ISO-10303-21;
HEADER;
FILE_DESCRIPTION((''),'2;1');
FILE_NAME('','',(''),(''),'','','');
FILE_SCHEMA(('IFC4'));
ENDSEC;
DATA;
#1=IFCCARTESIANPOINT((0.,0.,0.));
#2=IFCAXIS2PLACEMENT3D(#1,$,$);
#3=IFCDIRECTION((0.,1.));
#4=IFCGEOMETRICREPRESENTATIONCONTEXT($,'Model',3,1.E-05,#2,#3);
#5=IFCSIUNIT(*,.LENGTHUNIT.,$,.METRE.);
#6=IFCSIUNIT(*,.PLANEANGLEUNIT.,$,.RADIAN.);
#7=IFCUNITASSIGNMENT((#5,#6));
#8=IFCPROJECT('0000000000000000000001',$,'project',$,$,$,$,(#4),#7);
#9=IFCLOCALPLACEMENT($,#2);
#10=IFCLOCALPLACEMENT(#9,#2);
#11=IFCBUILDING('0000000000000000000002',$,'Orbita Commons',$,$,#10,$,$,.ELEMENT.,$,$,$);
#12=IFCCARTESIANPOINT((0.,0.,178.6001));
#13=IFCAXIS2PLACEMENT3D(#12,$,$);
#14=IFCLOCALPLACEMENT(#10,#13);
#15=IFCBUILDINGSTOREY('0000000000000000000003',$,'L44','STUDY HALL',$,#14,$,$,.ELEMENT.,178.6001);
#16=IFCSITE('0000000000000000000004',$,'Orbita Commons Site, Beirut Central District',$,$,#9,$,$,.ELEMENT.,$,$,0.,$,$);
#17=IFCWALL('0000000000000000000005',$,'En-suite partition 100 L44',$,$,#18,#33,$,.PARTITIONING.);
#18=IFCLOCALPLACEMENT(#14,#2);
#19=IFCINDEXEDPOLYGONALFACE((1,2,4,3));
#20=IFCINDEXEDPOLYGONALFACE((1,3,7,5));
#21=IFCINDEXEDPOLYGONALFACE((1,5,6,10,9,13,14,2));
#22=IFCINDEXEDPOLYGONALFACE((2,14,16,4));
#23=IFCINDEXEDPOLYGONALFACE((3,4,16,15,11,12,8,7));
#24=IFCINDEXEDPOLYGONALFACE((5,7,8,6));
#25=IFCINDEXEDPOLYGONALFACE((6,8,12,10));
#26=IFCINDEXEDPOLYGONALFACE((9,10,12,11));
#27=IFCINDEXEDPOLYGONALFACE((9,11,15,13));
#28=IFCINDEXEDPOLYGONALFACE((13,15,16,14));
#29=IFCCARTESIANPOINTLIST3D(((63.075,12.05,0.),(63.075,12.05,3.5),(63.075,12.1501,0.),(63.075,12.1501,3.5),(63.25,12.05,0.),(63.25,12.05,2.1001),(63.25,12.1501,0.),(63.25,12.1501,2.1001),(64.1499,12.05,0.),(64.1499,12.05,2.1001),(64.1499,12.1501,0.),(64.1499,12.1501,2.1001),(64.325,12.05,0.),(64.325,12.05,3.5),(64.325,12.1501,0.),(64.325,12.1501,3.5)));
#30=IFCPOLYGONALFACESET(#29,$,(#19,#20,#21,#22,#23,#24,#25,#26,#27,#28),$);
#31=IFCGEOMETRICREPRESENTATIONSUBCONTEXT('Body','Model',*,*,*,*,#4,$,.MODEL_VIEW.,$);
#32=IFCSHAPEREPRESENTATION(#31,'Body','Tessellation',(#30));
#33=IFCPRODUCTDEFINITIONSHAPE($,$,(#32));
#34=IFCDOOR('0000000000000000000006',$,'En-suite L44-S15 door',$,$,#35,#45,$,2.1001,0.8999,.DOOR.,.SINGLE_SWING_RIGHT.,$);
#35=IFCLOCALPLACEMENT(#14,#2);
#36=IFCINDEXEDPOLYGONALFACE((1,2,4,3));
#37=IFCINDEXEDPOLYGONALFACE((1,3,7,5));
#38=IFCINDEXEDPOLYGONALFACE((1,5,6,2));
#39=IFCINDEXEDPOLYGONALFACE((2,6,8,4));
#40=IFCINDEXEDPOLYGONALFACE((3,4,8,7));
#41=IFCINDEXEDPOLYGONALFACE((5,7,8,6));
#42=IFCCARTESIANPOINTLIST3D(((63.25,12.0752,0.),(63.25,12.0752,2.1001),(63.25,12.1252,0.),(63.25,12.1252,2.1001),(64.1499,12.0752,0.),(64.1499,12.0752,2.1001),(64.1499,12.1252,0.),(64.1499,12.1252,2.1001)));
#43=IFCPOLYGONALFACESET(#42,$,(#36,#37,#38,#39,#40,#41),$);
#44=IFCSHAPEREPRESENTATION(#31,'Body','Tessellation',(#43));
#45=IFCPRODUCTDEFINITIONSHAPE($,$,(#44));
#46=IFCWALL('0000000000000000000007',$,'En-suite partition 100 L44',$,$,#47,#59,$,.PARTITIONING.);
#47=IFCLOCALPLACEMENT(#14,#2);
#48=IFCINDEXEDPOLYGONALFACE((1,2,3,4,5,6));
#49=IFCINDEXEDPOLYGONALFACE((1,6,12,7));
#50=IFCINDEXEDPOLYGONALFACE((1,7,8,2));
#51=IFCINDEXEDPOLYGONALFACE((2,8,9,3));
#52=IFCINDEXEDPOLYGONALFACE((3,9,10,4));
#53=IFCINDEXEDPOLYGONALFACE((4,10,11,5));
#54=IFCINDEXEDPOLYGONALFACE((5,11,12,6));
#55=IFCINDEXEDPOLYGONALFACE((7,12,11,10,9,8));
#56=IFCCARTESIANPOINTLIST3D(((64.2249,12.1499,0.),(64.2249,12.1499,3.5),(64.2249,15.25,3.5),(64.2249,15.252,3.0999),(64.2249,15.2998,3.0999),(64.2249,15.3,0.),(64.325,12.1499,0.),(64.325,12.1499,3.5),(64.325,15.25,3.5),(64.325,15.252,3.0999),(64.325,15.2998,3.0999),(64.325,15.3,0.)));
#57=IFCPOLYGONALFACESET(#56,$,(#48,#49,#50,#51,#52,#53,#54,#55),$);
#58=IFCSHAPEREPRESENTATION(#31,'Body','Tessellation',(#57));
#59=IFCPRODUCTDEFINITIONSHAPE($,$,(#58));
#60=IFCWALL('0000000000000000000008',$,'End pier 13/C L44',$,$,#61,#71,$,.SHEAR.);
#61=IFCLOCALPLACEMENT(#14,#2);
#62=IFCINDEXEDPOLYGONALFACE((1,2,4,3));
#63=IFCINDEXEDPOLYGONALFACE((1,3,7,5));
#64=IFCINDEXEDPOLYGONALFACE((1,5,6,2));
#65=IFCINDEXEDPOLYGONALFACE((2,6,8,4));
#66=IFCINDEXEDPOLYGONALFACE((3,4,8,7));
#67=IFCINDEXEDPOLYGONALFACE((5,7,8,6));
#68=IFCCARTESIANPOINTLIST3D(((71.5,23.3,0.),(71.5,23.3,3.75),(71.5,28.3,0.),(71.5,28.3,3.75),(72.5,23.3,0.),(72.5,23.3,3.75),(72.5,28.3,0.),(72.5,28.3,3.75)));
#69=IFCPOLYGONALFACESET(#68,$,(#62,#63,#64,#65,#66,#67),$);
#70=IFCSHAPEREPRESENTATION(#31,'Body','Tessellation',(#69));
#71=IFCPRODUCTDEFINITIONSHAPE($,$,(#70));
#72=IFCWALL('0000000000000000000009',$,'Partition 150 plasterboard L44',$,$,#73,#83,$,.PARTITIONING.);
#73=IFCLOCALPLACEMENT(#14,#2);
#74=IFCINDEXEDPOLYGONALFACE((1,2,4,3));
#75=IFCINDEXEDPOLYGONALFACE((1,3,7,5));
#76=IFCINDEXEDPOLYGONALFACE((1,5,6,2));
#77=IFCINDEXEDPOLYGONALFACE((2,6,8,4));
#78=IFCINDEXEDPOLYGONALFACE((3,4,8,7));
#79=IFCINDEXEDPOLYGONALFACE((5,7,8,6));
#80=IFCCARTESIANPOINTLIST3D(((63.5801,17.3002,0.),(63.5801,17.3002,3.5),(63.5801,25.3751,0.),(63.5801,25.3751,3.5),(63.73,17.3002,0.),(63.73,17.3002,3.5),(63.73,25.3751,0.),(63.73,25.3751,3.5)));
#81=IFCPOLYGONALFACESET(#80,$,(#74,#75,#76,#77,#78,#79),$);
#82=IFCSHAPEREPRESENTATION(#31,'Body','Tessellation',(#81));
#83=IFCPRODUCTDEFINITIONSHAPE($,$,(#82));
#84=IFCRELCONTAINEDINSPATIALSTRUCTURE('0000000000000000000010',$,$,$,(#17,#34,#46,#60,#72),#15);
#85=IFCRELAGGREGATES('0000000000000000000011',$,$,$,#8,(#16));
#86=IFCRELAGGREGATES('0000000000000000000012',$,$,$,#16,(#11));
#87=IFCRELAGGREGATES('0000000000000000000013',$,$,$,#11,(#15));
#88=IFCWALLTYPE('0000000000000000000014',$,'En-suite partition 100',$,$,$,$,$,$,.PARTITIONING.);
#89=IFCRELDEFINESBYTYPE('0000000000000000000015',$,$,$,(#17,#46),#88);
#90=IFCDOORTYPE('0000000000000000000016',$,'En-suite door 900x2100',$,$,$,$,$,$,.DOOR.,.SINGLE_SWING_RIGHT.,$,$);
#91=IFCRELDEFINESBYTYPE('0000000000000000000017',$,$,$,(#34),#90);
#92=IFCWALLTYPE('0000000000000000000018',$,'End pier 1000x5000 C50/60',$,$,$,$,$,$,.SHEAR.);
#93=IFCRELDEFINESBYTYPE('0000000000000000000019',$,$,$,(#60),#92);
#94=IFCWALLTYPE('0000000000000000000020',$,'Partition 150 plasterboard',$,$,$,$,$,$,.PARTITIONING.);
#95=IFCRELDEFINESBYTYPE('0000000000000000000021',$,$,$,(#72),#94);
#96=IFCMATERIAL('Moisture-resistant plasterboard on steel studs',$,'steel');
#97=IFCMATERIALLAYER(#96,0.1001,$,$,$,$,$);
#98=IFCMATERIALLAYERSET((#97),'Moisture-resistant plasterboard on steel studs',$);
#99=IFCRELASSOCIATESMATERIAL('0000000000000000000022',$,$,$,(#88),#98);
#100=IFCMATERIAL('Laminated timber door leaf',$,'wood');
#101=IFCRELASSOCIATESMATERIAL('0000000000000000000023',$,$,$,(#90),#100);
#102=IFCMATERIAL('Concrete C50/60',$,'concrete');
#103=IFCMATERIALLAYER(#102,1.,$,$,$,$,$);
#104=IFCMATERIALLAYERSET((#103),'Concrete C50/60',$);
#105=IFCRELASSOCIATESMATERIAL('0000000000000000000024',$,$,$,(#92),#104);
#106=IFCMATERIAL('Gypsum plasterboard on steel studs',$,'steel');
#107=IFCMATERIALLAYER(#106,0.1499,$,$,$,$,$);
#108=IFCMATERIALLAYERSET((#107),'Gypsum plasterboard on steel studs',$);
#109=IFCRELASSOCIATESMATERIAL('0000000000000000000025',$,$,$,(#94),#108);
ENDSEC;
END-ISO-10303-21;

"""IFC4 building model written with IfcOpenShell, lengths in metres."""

from ifc_helpers import new_model, si_unit, direction, frame, frame_2d, origin, place, context, subcontext, project, spatial, polyline, rectangle, outline, extrude, material, layer, layer_set, type_object, element, fill, save


model = new_model("IFC4")

# Units and contexts
model_context = context("Model", 3, precision=1e-05, world=origin(), true_north=direction((0.0, 1.0)))
body_context = subcontext(model_context, "Body", "Model", "MODEL_VIEW")
ifc_project = project(units=[si_unit("LENGTHUNIT", "METRE"), si_unit("PLANEANGLEUNIT", "RADIAN")], contexts=[model_context])

# Site, building, storey
site_placement = place(None, origin())
site = spatial("IfcSite", under=ifc_project, at=site_placement, Name="Orbita Commons Site, Beirut Central District", CompositionType="ELEMENT", RefElevation=0.0)
building_placement = place(site_placement, origin())
building = spatial("IfcBuilding", under=site, at=building_placement, Name="Orbita Commons", CompositionType="ELEMENT")
storey_placement = place(building_placement, frame((0.0, 0.0, 178.6001)))
storey = spatial("IfcBuildingStorey", under=building, at=storey_placement, Name="L44", Description="STUDY HALL", CompositionType="ELEMENT", Elevation=178.6001)

# Wall, opening, door
ifc_material_1 = material(Name="Moisture-resistant plasterboard on steel studs", Category="steel")
ifc_layer_1 = layer(ifc_material_1, 0.1001)
ifc_layer_set_1 = layer_set([ifc_layer_1], Name="Moisture-resistant plasterboard on steel studs")
wall_type_1 = type_object("IfcWallType", Name="En-suite partition 100", PredefinedType="PARTITIONING", material=ifc_layer_set_1)
wall_1_placement = place(storey_placement, frame((64.325, 12.1001, 0.0), z_axis=(0.0, 0.0, 1.0), x_axis=(-1.0, 0.0, 0.0)))
wall_1 = element("IfcWall", 1, at=wall_1_placement, inside=storey, type_object=wall_type_1, Name="En-suite partition 100 L44", PredefinedType="PARTITIONING", context=body_context, shape_type="SweptSolid", body=[
    extrude(rectangle(XDim=1.25, YDim=0.1001, at=frame_2d((0.625, 0.0))), origin(), (0.0, 0.0, 1.0), 3.5),
])
opening_1_placement = place(wall_1_placement, frame((0.175, 0.0, 0.0)))
opening_1 = element("IfcOpeningElement", 2, at=opening_1_placement, cuts=wall_1, PredefinedType="OPENING", context=body_context, shape_type="SweptSolid", body=[
    extrude(rectangle(XDim=0.8999, YDim=2.1001, at=frame_2d((0.45, 1.05))), frame((0.0, 0.0601, 0.0), z_axis=(0.0, -1.0, 0.0), x_axis=(1.0, 0.0, 0.0)), (0.0, 0.0, 1.0), 0.1201),
])
ifc_material_2 = material(Name="Laminated timber door leaf", Category="wood")
door_type_1 = type_object("IfcDoorType", Name="En-suite door 900x2100", OperationType="SINGLE_SWING_RIGHT", PredefinedType="DOOR", material=ifc_material_2)
door_1_placement = place(opening_1_placement, origin())
door_1 = element("IfcDoor", 3, at=door_1_placement, inside=storey, type_object=door_type_1, Name="En-suite L44-S15 door", OperationType="SINGLE_SWING_RIGHT", OverallHeight=2.1001, OverallWidth=0.8999, PredefinedType="DOOR", context=body_context, shape_type="SweptSolid", body=[
    extrude(rectangle(XDim=0.8999, YDim=2.1001, at=frame_2d((0.45, 1.05))), frame((0.0, 0.0249, 0.0), z_axis=(0.0, -1.0, 0.0), x_axis=(1.0, 0.0, 0.0)), (0.0, 0.0, 1.0), 0.05),
])
fill(opening_1, door_1)

# Walls
wall_2_placement = place(storey_placement, frame((64.2749, 12.1499, 0.0), z_axis=(0.0, 0.0, 1.0), x_axis=(0.0, 1.0, 0.0)))
element("IfcWall", 4, at=wall_2_placement, inside=storey, type_object=wall_type_1, Name="En-suite partition 100 L44", PredefinedType="PARTITIONING", context=body_context, shape_type="SweptSolid", body=[
    extrude(outline(polyline([(0.0, 0.0), (3.1501, 0.0), (3.1499, 3.0999), (3.1021, 3.0999), (3.1001, 3.5), (0.0, 3.5), (0.0, 0.0)])), frame((0.0, 0.05, 0.0), z_axis=(0.0, -1.0, 0.0), x_axis=(1.0, 0.0, 0.0)), (0.0, 0.0, 1.0), 0.1001),
])
ifc_material_3 = material(Name="Concrete C50/60", Category="concrete")
ifc_layer_2 = layer(ifc_material_3, 1.0)
ifc_layer_set_2 = layer_set([ifc_layer_2], Name="Concrete C50/60")
wall_type_2 = type_object("IfcWallType", Name="End pier 1000x5000 C50/60", PredefinedType="SHEAR", material=ifc_layer_set_2)
wall_3_placement = place(storey_placement, frame((72.0, 23.3, 0.0), z_axis=(0.0, 0.0, 1.0), x_axis=(0.0, 1.0, 0.0)))
element("IfcWall", 5, at=wall_3_placement, inside=storey, type_object=wall_type_2, Name="End pier 13/C L44", PredefinedType="SHEAR", context=body_context, shape_type="SweptSolid", body=[
    extrude(rectangle(XDim=5.0, YDim=1.0, at=frame_2d((2.5, 0.0))), origin(), (0.0, 0.0, 1.0), 3.75),
])
ifc_material_4 = material(Name="Gypsum plasterboard on steel studs", Category="steel")
ifc_layer_3 = layer(ifc_material_4, 0.1499)
ifc_layer_set_3 = layer_set([ifc_layer_3], Name="Gypsum plasterboard on steel studs")
wall_type_3 = type_object("IfcWallType", Name="Partition 150 plasterboard", PredefinedType="PARTITIONING", material=ifc_layer_set_3)
wall_4_placement = place(storey_placement, frame((63.655, 17.3, 0.0), z_axis=(0.0, 0.0, 1.0), x_axis=(0.0, 1.0, 0.0)))
element("IfcWall", 6, at=wall_4_placement, inside=storey, type_object=wall_type_3, Name="Partition 150 plasterboard L44", PredefinedType="PARTITIONING", context=body_context, shape_type="SweptSolid", body=[
    extrude(rectangle(XDim=8.075, YDim=0.1499, at=frame_2d((4.0376, 0.0))), origin(), (0.0, 0.0, 1.0), 3.5),
])

save(model, "model.ifc")
